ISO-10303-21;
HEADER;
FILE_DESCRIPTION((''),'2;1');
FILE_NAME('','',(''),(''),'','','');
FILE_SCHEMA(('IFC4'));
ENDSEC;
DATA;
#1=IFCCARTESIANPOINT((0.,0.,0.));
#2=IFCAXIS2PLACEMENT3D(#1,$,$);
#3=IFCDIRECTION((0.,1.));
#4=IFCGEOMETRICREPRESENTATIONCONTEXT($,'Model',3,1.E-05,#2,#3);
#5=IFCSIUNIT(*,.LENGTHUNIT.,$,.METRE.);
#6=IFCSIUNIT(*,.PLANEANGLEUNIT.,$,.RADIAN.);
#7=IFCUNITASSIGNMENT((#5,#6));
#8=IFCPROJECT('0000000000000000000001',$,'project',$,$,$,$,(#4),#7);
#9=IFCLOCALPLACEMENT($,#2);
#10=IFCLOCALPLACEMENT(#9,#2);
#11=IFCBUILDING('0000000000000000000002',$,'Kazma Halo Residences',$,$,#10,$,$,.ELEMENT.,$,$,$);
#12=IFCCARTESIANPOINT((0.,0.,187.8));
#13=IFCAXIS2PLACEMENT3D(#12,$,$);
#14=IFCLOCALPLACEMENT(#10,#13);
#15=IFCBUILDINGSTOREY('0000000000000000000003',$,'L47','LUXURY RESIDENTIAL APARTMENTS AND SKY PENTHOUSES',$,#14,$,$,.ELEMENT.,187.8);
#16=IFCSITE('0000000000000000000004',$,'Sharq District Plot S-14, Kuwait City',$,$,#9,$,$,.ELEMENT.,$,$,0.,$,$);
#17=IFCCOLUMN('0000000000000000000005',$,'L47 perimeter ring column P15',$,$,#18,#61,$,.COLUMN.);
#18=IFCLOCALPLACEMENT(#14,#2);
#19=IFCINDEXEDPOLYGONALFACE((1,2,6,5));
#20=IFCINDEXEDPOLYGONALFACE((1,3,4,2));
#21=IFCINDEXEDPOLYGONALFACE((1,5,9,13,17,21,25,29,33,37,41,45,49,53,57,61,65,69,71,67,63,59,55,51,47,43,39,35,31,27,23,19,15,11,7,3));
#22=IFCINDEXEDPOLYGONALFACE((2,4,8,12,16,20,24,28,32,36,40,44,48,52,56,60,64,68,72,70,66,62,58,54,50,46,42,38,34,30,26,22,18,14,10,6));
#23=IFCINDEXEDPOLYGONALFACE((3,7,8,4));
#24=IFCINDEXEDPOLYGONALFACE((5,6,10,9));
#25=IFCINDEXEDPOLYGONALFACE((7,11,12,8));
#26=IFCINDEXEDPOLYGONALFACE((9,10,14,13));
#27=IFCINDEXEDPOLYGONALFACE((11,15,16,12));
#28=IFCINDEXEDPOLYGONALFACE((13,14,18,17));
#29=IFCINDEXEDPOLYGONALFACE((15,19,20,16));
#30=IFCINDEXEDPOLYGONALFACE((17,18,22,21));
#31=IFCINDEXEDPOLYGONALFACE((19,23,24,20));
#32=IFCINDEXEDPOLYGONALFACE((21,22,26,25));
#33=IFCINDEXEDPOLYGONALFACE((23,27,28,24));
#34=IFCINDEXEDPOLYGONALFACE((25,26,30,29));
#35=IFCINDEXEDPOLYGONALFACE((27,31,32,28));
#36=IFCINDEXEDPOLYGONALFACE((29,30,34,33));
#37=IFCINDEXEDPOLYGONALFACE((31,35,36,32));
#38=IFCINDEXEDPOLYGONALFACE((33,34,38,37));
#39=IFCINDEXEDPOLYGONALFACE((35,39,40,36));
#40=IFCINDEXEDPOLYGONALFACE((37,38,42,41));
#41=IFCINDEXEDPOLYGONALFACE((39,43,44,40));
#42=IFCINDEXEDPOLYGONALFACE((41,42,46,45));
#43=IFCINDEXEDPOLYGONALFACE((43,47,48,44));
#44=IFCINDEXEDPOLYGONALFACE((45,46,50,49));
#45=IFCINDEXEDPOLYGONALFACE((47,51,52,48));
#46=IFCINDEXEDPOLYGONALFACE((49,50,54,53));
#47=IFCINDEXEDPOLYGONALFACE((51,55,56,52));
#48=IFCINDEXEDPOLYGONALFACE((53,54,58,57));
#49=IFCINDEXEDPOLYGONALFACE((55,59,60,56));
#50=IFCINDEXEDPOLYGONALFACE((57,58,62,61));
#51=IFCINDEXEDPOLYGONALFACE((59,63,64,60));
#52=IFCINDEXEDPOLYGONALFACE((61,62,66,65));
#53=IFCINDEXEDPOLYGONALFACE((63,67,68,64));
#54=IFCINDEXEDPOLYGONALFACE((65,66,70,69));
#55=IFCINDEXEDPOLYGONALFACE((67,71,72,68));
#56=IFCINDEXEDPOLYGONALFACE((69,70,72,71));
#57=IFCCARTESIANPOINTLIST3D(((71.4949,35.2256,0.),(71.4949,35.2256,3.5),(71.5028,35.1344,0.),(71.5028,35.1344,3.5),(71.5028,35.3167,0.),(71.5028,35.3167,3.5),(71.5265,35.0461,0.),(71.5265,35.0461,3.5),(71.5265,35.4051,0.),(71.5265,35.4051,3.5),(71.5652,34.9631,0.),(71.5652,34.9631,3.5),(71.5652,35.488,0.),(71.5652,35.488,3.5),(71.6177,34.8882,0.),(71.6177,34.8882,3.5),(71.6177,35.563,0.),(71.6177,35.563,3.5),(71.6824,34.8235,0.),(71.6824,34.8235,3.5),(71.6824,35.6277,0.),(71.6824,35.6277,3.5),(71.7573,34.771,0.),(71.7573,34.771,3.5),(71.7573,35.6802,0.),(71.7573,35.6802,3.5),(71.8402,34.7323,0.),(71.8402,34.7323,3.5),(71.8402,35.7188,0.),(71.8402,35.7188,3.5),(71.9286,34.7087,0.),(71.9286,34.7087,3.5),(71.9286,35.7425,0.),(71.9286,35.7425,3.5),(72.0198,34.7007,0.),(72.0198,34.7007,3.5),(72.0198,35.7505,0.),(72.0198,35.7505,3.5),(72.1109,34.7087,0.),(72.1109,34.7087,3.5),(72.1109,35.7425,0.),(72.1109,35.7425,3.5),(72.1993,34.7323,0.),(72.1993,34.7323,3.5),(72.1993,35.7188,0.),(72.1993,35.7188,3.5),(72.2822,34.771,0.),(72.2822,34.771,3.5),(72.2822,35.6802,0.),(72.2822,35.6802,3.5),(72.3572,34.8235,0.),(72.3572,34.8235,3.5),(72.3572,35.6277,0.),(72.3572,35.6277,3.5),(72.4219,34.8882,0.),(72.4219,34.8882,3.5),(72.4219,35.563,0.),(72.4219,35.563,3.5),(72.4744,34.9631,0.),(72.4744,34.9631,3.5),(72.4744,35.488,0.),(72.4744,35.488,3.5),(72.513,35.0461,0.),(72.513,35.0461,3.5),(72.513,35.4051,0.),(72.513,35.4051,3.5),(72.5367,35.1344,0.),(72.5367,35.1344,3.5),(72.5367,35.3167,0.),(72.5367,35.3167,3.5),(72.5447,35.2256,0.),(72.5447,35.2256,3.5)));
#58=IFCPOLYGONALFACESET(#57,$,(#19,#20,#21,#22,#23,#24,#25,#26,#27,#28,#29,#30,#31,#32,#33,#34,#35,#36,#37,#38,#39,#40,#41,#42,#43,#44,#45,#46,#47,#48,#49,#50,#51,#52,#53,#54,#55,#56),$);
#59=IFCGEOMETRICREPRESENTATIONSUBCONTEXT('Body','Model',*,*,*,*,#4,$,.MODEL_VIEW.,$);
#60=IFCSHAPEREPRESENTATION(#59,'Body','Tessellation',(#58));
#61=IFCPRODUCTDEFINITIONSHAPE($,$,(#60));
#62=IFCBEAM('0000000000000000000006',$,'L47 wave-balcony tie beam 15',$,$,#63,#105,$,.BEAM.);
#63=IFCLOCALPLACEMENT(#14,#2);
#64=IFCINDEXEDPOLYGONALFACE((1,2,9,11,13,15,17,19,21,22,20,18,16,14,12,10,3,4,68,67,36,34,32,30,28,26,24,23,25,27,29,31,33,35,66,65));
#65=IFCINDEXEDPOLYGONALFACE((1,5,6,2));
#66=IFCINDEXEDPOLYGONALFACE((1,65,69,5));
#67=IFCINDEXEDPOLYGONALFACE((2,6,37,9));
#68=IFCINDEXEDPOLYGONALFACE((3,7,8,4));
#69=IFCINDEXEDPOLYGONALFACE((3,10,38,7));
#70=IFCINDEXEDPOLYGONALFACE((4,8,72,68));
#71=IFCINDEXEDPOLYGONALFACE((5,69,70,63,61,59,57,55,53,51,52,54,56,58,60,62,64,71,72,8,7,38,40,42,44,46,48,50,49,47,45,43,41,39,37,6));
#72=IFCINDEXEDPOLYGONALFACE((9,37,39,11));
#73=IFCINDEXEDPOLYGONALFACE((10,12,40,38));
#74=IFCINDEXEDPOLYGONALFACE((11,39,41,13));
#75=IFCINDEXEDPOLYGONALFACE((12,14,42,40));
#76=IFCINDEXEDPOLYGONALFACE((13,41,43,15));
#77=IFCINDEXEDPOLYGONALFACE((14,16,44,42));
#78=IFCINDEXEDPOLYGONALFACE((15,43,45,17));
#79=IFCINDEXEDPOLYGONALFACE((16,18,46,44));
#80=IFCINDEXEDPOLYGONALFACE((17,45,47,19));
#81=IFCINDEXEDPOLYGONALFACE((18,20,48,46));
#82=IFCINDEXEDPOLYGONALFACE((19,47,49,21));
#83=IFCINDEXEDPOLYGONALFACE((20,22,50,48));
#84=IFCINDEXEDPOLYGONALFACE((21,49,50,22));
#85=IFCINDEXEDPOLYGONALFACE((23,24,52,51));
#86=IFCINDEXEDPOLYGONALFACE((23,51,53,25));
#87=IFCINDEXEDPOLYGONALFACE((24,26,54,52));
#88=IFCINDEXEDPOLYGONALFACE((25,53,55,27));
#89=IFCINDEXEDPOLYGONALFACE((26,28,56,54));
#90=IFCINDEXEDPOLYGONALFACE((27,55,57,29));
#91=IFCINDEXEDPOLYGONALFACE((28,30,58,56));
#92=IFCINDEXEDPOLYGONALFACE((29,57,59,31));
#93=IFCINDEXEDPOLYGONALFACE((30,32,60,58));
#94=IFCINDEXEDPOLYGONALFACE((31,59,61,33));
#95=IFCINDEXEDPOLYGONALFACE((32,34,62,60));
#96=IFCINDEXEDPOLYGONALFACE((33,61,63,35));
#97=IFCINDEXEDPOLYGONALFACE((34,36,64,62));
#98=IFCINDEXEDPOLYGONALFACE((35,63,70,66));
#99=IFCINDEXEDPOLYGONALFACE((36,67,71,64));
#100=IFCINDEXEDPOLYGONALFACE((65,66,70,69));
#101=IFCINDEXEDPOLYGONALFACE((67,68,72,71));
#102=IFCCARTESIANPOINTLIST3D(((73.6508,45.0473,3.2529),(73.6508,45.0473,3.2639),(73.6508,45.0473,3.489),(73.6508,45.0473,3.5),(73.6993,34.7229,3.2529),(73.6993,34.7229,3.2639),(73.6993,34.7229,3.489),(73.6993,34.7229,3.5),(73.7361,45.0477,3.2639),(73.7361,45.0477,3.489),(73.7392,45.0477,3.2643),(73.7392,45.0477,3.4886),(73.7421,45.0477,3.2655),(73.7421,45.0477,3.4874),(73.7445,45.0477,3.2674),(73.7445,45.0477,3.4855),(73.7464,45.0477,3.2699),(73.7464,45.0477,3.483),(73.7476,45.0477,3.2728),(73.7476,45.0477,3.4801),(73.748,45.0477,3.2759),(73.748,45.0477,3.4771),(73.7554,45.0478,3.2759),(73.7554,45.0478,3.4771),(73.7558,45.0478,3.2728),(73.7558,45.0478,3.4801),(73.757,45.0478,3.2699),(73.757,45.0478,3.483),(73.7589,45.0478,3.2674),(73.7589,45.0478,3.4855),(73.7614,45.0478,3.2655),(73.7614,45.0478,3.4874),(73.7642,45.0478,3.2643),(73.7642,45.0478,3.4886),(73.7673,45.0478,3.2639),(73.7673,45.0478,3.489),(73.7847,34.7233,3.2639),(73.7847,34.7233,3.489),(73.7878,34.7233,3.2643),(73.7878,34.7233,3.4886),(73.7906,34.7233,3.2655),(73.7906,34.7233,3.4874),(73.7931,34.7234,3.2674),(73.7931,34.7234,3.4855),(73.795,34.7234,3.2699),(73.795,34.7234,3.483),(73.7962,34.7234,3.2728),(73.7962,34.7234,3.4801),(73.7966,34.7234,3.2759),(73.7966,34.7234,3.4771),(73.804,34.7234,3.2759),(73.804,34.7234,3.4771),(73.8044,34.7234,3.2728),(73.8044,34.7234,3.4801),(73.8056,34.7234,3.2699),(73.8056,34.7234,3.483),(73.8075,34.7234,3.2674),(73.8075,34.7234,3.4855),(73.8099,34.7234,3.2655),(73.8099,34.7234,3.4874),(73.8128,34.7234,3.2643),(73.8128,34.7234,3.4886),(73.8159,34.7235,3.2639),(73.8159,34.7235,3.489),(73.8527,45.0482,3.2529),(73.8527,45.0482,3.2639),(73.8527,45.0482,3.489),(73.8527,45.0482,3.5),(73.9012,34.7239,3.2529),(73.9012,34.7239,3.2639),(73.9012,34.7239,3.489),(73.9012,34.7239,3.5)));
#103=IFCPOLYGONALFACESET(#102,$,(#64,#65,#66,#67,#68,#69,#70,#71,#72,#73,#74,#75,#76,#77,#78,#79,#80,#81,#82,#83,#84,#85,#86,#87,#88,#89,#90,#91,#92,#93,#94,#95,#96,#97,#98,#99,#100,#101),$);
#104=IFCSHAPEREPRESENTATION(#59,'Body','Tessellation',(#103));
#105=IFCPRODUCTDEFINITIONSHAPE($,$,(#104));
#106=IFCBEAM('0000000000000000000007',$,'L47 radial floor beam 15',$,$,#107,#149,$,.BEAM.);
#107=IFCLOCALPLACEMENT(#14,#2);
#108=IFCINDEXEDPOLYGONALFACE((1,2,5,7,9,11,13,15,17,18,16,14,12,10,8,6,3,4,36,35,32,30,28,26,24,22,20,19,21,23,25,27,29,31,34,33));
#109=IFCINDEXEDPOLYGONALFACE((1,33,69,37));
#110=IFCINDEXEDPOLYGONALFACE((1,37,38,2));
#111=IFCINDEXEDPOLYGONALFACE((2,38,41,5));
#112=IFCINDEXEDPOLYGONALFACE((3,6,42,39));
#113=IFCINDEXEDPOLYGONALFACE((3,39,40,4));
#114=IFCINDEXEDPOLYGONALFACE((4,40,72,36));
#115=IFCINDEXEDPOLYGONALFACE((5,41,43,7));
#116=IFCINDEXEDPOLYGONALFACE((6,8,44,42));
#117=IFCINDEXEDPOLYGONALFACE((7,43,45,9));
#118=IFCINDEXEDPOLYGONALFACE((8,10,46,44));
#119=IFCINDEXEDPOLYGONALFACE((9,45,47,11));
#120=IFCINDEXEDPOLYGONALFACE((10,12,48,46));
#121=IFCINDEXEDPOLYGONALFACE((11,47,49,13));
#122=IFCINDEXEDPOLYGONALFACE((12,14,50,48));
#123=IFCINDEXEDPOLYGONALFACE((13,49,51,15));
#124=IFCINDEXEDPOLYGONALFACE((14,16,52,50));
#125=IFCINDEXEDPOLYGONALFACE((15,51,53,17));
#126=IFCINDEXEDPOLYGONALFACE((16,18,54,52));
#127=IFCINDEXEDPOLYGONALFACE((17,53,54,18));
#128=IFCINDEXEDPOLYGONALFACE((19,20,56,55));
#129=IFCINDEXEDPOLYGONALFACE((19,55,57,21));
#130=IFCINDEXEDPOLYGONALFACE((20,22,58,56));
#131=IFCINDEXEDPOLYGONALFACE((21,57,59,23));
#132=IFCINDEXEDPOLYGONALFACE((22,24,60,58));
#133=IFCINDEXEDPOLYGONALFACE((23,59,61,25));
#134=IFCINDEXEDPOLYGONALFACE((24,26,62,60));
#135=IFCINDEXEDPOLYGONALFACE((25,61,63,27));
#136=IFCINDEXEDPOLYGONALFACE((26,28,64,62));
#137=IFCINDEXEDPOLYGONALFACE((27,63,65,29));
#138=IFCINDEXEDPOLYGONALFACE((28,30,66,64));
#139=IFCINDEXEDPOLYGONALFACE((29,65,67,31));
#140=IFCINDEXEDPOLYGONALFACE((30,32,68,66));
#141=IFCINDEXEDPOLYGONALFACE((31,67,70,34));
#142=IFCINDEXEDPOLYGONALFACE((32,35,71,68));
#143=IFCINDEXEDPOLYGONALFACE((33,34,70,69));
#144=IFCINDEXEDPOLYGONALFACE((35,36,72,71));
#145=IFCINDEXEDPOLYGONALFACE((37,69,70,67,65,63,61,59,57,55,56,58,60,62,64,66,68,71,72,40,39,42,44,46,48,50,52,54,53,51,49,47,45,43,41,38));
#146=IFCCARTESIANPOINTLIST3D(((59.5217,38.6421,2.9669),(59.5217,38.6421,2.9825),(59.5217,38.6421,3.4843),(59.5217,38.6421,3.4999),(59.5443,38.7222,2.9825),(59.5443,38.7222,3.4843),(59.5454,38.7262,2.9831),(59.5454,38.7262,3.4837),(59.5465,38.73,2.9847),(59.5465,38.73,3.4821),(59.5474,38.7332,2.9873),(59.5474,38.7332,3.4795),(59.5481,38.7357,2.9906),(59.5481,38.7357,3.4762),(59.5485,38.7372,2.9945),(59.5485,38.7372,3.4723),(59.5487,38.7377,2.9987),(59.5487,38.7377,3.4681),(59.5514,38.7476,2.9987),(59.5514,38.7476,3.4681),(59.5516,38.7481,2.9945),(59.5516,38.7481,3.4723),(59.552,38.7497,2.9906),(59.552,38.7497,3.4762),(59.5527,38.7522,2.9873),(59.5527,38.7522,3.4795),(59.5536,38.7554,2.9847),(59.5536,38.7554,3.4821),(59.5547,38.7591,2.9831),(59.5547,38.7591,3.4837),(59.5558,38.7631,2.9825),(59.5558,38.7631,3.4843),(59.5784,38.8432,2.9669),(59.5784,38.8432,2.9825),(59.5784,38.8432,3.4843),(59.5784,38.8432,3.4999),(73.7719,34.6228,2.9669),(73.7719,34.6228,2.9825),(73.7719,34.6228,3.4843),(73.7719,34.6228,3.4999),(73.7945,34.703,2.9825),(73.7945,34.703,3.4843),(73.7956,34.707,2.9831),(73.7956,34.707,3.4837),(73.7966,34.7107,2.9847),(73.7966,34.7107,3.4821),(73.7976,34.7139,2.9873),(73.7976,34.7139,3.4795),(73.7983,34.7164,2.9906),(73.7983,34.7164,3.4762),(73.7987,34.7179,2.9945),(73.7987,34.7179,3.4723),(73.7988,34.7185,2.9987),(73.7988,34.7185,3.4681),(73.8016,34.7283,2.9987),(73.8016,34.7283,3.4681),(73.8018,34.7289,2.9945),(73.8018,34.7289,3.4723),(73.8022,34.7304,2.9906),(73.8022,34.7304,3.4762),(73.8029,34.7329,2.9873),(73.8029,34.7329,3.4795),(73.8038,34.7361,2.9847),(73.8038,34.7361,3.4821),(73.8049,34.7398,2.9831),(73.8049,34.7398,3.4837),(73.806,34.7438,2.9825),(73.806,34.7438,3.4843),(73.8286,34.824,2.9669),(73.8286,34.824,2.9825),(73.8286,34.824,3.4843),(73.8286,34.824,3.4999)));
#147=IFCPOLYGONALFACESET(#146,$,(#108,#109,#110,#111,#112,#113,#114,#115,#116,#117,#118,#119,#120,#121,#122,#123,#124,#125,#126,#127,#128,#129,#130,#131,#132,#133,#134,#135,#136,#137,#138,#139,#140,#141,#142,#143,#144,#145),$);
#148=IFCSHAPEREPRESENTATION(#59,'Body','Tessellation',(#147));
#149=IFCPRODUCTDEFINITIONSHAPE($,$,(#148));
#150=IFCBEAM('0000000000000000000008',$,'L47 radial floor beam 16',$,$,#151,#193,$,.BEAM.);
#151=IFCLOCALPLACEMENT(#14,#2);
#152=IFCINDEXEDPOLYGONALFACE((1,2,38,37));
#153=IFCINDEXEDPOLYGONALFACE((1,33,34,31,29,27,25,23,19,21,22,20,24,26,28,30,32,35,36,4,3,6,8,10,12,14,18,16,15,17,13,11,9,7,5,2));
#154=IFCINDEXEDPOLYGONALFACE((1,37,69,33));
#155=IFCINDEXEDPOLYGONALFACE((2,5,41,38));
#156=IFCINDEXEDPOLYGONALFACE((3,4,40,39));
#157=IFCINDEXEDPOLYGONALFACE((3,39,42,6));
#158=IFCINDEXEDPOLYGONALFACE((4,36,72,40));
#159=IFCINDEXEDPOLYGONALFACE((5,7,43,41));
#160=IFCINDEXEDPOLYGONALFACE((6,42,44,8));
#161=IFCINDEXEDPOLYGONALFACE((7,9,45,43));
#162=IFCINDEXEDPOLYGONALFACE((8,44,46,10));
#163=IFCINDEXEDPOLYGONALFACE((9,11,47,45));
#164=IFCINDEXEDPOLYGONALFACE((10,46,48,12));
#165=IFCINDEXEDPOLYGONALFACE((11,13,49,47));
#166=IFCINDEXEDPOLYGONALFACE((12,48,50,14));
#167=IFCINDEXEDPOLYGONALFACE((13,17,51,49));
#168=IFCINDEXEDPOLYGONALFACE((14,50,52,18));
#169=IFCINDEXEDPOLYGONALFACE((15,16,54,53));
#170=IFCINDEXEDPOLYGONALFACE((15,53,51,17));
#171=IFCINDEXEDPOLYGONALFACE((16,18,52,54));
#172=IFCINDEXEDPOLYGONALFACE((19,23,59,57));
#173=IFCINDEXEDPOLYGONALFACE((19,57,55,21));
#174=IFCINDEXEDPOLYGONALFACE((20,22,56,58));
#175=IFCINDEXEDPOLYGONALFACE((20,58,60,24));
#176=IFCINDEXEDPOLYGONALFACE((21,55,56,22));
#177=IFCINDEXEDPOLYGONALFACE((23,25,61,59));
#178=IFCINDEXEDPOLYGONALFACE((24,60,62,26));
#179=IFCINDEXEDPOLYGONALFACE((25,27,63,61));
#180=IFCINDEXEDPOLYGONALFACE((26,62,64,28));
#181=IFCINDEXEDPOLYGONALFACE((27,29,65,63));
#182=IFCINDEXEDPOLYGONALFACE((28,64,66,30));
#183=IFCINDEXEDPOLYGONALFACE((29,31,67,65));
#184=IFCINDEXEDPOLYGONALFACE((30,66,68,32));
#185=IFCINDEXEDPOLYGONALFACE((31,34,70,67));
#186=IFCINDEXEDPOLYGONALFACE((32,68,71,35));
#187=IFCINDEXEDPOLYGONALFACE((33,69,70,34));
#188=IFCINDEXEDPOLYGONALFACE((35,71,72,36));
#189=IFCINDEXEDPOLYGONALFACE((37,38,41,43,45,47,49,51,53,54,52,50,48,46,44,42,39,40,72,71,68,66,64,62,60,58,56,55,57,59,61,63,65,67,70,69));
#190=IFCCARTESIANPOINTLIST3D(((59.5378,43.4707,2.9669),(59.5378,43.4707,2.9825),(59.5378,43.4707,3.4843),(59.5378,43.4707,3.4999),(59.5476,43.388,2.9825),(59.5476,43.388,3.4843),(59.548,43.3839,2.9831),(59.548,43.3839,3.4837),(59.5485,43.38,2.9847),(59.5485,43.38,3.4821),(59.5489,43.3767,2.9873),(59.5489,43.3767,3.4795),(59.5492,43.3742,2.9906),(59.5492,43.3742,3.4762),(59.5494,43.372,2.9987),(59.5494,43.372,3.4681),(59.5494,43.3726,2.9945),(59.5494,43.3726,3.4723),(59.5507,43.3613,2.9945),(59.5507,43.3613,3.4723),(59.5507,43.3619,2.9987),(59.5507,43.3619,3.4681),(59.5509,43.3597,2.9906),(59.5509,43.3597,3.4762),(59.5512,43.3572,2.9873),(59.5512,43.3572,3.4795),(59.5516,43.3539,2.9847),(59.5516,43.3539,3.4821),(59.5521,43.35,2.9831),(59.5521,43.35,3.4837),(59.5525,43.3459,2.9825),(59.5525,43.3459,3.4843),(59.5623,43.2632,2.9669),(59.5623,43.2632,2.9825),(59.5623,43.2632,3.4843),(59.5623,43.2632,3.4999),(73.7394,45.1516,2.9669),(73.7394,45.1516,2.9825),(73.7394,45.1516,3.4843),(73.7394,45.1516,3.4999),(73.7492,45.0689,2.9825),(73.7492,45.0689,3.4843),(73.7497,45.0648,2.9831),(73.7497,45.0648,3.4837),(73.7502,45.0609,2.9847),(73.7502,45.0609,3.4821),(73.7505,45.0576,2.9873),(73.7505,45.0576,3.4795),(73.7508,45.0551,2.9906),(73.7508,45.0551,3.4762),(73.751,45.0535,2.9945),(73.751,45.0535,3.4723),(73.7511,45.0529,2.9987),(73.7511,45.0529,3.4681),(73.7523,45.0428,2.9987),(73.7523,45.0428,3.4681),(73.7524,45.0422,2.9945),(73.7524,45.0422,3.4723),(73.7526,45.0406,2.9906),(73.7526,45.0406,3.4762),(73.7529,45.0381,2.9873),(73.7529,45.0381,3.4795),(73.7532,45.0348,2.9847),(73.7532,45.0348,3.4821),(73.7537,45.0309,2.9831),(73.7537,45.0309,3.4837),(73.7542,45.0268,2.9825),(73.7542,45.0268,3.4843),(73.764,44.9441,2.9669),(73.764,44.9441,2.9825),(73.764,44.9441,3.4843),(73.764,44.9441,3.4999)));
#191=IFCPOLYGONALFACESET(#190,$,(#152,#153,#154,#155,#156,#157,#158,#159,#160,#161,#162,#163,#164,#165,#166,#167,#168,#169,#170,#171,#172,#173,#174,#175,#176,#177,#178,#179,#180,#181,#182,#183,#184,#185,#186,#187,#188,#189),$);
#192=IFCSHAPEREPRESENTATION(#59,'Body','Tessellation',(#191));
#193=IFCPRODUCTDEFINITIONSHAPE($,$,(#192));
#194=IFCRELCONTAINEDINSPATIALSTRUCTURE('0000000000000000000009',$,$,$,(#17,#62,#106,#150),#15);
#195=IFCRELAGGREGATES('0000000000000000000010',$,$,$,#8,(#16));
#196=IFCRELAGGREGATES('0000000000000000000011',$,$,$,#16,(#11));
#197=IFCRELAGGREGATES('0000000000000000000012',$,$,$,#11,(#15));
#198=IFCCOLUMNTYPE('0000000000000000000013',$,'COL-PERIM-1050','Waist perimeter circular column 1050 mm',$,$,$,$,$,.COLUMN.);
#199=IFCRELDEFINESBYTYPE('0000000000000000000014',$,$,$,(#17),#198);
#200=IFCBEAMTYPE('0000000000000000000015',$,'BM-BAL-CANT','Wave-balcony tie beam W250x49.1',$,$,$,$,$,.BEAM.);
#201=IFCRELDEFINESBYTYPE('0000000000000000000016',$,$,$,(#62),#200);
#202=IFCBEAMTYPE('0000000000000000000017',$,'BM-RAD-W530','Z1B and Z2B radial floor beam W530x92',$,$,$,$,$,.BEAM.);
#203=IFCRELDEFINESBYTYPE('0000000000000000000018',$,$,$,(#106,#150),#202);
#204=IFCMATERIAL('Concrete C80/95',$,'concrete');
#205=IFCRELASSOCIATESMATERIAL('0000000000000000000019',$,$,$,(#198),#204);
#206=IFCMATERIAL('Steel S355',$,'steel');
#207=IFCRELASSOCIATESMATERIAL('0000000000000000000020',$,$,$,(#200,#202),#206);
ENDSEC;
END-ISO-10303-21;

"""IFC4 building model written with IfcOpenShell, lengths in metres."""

from ifc_helpers import new_model, si_unit, direction, frame, origin, origin_2d, place, context, subcontext, project, spatial, circle, i_section, extrude, material, material_profile, profile_set, type_object, element, save


model = new_model("IFC4")

# Units and contexts
model_context = context("Model", 3, precision=1e-05, world=origin(), true_north=direction((0.0, 1.0)))
body_context = subcontext(model_context, "Body", "Model", "MODEL_VIEW")
ifc_project = project(units=[si_unit("LENGTHUNIT", "METRE"), si_unit("PLANEANGLEUNIT", "RADIAN")], contexts=[model_context])

# Site, building, storey
site_placement = place(None, origin())
site = spatial("IfcSite", under=ifc_project, at=site_placement, Name="Sharq District Plot S-14, Kuwait City", CompositionType="ELEMENT", RefElevation=0.0)
building_placement = place(site_placement, origin())
building = spatial("IfcBuilding", under=site, at=building_placement, Name="Kazma Halo Residences", CompositionType="ELEMENT")
storey_placement = place(building_placement, frame((0.0, 0.0, 187.8)))
storey = spatial("IfcBuildingStorey", under=building, at=storey_placement, Name="L47", Description="LUXURY RESIDENTIAL APARTMENTS AND SKY PENTHOUSES", CompositionType="ELEMENT", Elevation=187.8)

# Column
ifc_material_1 = material(Name="Concrete C80/95", Category="concrete")
ifc_material_profile_1 = material_profile(ifc_material_1, circle(Radius=0.5249, at=origin_2d()), Name="CIRC1050")
ifc_profile_set_1 = profile_set([ifc_material_profile_1], Name="Concrete C80/95")
column_type = type_object("IfcColumnType", Name="COL-PERIM-1050", Description="Waist perimeter circular column 1050 mm", PredefinedType="COLUMN", material=ifc_profile_set_1)
column_placement = place(storey_placement, frame((72.0198, 35.2256, 0.0), z_axis=(0.0, 0.0, 1.0), x_axis=(1.0, 0.0, 0.0)))
element("IfcColumn", 1, at=column_placement, inside=storey, type_object=column_type, Name="L47 perimeter ring column P15", PredefinedType="COLUMN", context=body_context, shape_type="SweptSolid", body=[
    extrude(circle(Radius=0.5249, at=origin_2d()), origin(), (0.0, 0.0, 1.0), 3.5),
])

# Beams
ifc_material_2 = material(Name="Steel S355", Category="steel")
ifc_material_profile_2 = material_profile(ifc_material_2, i_section(OverallWidth=0.2019, OverallDepth=0.2471, WebThickness=0.0073, FlangeThickness=0.011, FilletRadius=0.012, at=origin_2d()), Name="W250x49.1")
ifc_profile_set_2 = profile_set([ifc_material_profile_2], Name="Steel S355")
beam_type_1 = type_object("IfcBeamType", Name="BM-BAL-CANT", Description="Wave-balcony tie beam W250x49.1", PredefinedType="BEAM", material=ifc_profile_set_2)
beam_1_placement = place(storey_placement, frame((73.8003, 34.7234, 3.3765), z_axis=(-0.004706, 0.999989, 0.0), x_axis=(-0.999989, -0.004706, 0.0)))
element("IfcBeam", 2, at=beam_1_placement, inside=storey, type_object=beam_type_1, Name="L47 wave-balcony tie beam 15", PredefinedType="BEAM", context=body_context, shape_type="SweptSolid", body=[
    extrude(i_section(OverallWidth=0.2019, OverallDepth=0.2471, WebThickness=0.0073, FlangeThickness=0.011, FilletRadius=0.012, at=origin_2d()), origin(), (0.0, 0.0, 1.0), 10.3245),
])
ifc_material_profile_3 = material_profile(ifc_material_2, i_section(OverallWidth=0.209, OverallDepth=0.533, WebThickness=0.0103, FlangeThickness=0.0156, FilletRadius=0.0161, at=origin_2d()), Name="W530x92")
ifc_profile_set_3 = profile_set([ifc_material_profile_3], Name="Steel S355")
beam_type_2 = type_object("IfcBeamType", Name="BM-RAD-W530", Description="Z1B and Z2B radial floor beam W530x92", PredefinedType="BEAM", material=ifc_profile_set_3)
beam_2_placement = place(storey_placement, frame((59.55, 38.7427, 3.2334), z_axis=(0.96245, -0.271459, 0.0), x_axis=(0.271459, 0.96245, 0.0)))
element("IfcBeam", 3, at=beam_2_placement, inside=storey, type_object=beam_type_2, Name="L47 radial floor beam 15", PredefinedType="BEAM", context=body_context, shape_type="SweptSolid", body=[
    extrude(i_section(OverallWidth=0.209, OverallDepth=0.533, WebThickness=0.0103, FlangeThickness=0.0156, FilletRadius=0.0161, at=origin_2d()), origin(), (0.0, 0.0, 1.0), 14.8062),
])
beam_3_placement = place(storey_placement, frame((59.55, 43.3669, 3.2334), z_axis=(0.993068, 0.11754, 0.0), x_axis=(-0.11754, 0.993068, 0.0)))
element("IfcBeam", 4, at=beam_3_placement, inside=storey, type_object=beam_type_2, Name="L47 radial floor beam 16", PredefinedType="BEAM", context=body_context, shape_type="SweptSolid", body=[
    extrude(i_section(OverallWidth=0.209, OverallDepth=0.533, WebThickness=0.0103, FlangeThickness=0.0156, FilletRadius=0.0161, at=origin_2d()), origin(), (0.0, 0.0, 1.0), 14.3008),
])

save(model, "model.ifc")
